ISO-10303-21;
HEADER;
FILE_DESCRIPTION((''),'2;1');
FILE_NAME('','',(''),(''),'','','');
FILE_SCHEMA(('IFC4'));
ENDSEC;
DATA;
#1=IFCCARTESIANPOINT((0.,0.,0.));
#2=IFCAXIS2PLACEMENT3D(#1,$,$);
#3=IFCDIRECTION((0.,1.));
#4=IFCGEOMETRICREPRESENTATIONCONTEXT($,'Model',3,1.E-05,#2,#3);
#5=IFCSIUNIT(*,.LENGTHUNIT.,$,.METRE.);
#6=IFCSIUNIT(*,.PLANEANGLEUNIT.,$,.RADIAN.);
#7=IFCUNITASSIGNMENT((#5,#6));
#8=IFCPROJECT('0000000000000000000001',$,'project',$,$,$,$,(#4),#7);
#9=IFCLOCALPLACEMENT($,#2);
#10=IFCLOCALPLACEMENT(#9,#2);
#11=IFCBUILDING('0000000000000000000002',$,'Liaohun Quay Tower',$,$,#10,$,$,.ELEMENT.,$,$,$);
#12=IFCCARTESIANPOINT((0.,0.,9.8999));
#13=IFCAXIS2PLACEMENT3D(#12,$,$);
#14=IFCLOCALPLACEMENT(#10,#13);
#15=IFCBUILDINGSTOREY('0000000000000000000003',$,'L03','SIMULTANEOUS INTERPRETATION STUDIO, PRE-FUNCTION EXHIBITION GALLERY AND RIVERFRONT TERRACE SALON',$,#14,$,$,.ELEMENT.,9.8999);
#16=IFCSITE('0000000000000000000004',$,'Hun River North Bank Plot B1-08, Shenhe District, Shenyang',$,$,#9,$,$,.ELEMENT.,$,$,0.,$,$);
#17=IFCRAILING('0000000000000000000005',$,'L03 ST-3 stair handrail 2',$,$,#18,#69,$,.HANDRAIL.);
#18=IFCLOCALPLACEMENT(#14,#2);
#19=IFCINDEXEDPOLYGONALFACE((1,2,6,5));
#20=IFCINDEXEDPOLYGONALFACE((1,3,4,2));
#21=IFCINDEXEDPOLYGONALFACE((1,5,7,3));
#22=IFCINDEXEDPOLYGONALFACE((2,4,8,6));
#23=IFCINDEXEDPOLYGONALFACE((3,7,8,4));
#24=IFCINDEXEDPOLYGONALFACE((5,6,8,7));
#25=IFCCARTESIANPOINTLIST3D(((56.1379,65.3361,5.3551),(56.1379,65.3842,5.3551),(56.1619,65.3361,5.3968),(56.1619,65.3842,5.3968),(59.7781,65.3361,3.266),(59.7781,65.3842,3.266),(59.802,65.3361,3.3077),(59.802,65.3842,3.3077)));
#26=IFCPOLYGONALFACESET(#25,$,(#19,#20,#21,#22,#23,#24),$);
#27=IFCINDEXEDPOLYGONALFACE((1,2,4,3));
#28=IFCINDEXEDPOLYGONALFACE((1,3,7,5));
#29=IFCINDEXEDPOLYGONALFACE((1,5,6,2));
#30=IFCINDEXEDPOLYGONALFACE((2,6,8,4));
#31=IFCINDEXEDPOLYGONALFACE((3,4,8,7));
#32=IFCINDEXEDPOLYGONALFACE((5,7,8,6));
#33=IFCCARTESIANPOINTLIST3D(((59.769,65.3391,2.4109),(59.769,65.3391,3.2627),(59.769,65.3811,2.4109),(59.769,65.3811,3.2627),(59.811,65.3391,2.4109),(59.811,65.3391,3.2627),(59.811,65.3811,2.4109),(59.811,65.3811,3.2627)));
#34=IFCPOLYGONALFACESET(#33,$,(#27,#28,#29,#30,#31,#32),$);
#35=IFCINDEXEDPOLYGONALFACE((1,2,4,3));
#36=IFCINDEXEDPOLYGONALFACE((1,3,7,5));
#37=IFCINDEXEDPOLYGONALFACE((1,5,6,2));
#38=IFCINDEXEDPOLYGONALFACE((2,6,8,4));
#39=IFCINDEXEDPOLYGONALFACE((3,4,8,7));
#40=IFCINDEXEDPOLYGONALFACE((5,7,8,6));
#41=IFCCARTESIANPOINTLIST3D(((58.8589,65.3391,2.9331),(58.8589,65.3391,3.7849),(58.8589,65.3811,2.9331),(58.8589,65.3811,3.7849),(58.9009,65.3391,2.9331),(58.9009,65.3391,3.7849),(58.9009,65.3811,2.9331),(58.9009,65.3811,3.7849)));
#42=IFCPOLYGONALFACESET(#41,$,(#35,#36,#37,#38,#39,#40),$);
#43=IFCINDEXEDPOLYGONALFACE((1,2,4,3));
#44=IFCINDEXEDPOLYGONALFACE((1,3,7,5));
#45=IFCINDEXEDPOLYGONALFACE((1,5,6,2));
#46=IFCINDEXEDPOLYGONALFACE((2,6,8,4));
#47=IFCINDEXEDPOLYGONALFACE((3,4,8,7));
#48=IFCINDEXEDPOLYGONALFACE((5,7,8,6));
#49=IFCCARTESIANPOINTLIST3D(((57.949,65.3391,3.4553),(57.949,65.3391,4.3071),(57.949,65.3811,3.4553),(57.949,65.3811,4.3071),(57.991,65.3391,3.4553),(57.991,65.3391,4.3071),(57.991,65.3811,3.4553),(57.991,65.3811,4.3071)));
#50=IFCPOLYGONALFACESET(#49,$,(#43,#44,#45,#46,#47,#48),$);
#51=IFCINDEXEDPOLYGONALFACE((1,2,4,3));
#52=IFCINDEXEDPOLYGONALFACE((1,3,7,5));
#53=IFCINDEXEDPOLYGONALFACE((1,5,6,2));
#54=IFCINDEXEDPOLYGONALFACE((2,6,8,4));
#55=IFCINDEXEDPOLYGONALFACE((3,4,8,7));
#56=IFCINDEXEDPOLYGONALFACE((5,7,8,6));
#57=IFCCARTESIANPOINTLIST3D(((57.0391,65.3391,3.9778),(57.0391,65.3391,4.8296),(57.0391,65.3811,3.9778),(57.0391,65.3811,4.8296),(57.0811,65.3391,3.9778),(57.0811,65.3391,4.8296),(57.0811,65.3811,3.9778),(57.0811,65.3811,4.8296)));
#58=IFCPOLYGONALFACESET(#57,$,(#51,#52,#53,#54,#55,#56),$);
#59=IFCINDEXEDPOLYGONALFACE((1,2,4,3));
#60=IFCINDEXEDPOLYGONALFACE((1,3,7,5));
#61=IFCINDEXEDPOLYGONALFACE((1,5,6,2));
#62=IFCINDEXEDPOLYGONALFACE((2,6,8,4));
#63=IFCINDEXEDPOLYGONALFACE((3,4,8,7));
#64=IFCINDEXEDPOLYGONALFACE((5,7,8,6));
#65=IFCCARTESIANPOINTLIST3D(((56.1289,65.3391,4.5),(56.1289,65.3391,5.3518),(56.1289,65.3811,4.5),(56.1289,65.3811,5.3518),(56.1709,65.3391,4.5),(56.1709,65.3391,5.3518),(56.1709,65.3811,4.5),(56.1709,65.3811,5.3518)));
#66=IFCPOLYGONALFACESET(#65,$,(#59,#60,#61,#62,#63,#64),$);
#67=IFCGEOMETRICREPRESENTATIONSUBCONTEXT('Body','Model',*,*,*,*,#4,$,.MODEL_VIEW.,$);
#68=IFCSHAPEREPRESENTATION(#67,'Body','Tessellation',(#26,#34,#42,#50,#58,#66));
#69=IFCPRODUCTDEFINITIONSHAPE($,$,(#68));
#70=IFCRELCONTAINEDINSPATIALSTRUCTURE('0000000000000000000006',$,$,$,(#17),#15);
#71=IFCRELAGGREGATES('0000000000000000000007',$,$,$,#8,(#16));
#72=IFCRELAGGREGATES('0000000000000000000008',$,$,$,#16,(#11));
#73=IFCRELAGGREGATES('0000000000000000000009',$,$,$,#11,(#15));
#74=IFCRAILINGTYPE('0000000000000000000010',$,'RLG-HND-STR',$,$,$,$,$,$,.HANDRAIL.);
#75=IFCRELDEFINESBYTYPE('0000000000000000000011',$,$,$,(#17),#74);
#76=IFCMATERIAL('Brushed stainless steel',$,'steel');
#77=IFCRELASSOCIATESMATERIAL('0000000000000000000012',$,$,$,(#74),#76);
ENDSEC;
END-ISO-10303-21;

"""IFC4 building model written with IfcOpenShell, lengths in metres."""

from ifc_helpers import new_model, si_unit, direction, frame, origin, origin_2d, place, context, subcontext, project, spatial, rectangle, extrude, material, type_object, element, save


model = new_model("IFC4")

# Units and contexts
model_context = context("Model", 3, precision=1e-05, world=origin(), true_north=direction((0.0, 1.0)))
body_context = subcontext(model_context, "Body", "Model", "MODEL_VIEW")
ifc_project = project(units=[si_unit("LENGTHUNIT", "METRE"), si_unit("PLANEANGLEUNIT", "RADIAN")], contexts=[model_context])

# Site, building, storey
site_placement = place(None, origin())
site = spatial("IfcSite", under=ifc_project, at=site_placement, Name="Hun River North Bank Plot B1-08, Shenhe District, Shenyang", CompositionType="ELEMENT", RefElevation=0.0)
building_placement = place(site_placement, origin())
building = spatial("IfcBuilding", under=site, at=building_placement, Name="Liaohun Quay Tower", CompositionType="ELEMENT")
storey_placement = place(building_placement, frame((0.0, 0.0, 9.8999)))
storey = spatial("IfcBuildingStorey", under=building, at=storey_placement, Name="L03", Description="SIMULTANEOUS INTERPRETATION STUDIO, PRE-FUNCTION EXHIBITION GALLERY AND RIVERFRONT TERRACE SALON", CompositionType="ELEMENT", Elevation=9.8999)

# Railing
ifc_material_1 = material(Name="Brushed stainless steel", Category="steel")
railing_type_1 = type_object("IfcRailingType", Name="RLG-HND-STR", PredefinedType="HANDRAIL", material=ifc_material_1)
railing_1_placement = place(storey_placement, frame((59.79, 65.3601, 2.4109)))
element("IfcRailing", 1, at=railing_1_placement, inside=storey, type_object=railing_type_1, Name="L03 ST-3 stair handrail 2", PredefinedType="HANDRAIL", context=body_context, shape_type="SweptSolid", body=[
    extrude(rectangle(XDim=0.0481, YDim=0.0481, at=origin_2d()), frame((0.0, 0.0, 0.876), z_axis=(-0.867314, 0.0, 0.497761), x_axis=(0.0, -1.0, 0.0)), (0.0, 0.0, 1.0), 4.197),
    extrude(rectangle(XDim=0.042, YDim=0.042, at=origin_2d()), origin(), (0.0, 0.0, 1.0), 0.8518),
    extrude(rectangle(XDim=0.042, YDim=0.042, at=origin_2d()), frame((-0.9102, 0.0, 0.5222)), (0.0, 0.0, 1.0), 0.8518),
    extrude(rectangle(XDim=0.042, YDim=0.042, at=origin_2d()), frame((-1.8201, 0.0, 1.0444)), (0.0, 0.0, 1.0), 0.8518),
    extrude(rectangle(XDim=0.042, YDim=0.042, at=origin_2d()), frame((-2.73, 0.0, 1.5669)), (0.0, 0.0, 1.0), 0.8518),
    extrude(rectangle(XDim=0.042, YDim=0.042, at=origin_2d()), frame((-3.6401, 0.0, 2.0891)), (0.0, 0.0, 1.0), 0.8518),
])

save(model, "model.ifc")
